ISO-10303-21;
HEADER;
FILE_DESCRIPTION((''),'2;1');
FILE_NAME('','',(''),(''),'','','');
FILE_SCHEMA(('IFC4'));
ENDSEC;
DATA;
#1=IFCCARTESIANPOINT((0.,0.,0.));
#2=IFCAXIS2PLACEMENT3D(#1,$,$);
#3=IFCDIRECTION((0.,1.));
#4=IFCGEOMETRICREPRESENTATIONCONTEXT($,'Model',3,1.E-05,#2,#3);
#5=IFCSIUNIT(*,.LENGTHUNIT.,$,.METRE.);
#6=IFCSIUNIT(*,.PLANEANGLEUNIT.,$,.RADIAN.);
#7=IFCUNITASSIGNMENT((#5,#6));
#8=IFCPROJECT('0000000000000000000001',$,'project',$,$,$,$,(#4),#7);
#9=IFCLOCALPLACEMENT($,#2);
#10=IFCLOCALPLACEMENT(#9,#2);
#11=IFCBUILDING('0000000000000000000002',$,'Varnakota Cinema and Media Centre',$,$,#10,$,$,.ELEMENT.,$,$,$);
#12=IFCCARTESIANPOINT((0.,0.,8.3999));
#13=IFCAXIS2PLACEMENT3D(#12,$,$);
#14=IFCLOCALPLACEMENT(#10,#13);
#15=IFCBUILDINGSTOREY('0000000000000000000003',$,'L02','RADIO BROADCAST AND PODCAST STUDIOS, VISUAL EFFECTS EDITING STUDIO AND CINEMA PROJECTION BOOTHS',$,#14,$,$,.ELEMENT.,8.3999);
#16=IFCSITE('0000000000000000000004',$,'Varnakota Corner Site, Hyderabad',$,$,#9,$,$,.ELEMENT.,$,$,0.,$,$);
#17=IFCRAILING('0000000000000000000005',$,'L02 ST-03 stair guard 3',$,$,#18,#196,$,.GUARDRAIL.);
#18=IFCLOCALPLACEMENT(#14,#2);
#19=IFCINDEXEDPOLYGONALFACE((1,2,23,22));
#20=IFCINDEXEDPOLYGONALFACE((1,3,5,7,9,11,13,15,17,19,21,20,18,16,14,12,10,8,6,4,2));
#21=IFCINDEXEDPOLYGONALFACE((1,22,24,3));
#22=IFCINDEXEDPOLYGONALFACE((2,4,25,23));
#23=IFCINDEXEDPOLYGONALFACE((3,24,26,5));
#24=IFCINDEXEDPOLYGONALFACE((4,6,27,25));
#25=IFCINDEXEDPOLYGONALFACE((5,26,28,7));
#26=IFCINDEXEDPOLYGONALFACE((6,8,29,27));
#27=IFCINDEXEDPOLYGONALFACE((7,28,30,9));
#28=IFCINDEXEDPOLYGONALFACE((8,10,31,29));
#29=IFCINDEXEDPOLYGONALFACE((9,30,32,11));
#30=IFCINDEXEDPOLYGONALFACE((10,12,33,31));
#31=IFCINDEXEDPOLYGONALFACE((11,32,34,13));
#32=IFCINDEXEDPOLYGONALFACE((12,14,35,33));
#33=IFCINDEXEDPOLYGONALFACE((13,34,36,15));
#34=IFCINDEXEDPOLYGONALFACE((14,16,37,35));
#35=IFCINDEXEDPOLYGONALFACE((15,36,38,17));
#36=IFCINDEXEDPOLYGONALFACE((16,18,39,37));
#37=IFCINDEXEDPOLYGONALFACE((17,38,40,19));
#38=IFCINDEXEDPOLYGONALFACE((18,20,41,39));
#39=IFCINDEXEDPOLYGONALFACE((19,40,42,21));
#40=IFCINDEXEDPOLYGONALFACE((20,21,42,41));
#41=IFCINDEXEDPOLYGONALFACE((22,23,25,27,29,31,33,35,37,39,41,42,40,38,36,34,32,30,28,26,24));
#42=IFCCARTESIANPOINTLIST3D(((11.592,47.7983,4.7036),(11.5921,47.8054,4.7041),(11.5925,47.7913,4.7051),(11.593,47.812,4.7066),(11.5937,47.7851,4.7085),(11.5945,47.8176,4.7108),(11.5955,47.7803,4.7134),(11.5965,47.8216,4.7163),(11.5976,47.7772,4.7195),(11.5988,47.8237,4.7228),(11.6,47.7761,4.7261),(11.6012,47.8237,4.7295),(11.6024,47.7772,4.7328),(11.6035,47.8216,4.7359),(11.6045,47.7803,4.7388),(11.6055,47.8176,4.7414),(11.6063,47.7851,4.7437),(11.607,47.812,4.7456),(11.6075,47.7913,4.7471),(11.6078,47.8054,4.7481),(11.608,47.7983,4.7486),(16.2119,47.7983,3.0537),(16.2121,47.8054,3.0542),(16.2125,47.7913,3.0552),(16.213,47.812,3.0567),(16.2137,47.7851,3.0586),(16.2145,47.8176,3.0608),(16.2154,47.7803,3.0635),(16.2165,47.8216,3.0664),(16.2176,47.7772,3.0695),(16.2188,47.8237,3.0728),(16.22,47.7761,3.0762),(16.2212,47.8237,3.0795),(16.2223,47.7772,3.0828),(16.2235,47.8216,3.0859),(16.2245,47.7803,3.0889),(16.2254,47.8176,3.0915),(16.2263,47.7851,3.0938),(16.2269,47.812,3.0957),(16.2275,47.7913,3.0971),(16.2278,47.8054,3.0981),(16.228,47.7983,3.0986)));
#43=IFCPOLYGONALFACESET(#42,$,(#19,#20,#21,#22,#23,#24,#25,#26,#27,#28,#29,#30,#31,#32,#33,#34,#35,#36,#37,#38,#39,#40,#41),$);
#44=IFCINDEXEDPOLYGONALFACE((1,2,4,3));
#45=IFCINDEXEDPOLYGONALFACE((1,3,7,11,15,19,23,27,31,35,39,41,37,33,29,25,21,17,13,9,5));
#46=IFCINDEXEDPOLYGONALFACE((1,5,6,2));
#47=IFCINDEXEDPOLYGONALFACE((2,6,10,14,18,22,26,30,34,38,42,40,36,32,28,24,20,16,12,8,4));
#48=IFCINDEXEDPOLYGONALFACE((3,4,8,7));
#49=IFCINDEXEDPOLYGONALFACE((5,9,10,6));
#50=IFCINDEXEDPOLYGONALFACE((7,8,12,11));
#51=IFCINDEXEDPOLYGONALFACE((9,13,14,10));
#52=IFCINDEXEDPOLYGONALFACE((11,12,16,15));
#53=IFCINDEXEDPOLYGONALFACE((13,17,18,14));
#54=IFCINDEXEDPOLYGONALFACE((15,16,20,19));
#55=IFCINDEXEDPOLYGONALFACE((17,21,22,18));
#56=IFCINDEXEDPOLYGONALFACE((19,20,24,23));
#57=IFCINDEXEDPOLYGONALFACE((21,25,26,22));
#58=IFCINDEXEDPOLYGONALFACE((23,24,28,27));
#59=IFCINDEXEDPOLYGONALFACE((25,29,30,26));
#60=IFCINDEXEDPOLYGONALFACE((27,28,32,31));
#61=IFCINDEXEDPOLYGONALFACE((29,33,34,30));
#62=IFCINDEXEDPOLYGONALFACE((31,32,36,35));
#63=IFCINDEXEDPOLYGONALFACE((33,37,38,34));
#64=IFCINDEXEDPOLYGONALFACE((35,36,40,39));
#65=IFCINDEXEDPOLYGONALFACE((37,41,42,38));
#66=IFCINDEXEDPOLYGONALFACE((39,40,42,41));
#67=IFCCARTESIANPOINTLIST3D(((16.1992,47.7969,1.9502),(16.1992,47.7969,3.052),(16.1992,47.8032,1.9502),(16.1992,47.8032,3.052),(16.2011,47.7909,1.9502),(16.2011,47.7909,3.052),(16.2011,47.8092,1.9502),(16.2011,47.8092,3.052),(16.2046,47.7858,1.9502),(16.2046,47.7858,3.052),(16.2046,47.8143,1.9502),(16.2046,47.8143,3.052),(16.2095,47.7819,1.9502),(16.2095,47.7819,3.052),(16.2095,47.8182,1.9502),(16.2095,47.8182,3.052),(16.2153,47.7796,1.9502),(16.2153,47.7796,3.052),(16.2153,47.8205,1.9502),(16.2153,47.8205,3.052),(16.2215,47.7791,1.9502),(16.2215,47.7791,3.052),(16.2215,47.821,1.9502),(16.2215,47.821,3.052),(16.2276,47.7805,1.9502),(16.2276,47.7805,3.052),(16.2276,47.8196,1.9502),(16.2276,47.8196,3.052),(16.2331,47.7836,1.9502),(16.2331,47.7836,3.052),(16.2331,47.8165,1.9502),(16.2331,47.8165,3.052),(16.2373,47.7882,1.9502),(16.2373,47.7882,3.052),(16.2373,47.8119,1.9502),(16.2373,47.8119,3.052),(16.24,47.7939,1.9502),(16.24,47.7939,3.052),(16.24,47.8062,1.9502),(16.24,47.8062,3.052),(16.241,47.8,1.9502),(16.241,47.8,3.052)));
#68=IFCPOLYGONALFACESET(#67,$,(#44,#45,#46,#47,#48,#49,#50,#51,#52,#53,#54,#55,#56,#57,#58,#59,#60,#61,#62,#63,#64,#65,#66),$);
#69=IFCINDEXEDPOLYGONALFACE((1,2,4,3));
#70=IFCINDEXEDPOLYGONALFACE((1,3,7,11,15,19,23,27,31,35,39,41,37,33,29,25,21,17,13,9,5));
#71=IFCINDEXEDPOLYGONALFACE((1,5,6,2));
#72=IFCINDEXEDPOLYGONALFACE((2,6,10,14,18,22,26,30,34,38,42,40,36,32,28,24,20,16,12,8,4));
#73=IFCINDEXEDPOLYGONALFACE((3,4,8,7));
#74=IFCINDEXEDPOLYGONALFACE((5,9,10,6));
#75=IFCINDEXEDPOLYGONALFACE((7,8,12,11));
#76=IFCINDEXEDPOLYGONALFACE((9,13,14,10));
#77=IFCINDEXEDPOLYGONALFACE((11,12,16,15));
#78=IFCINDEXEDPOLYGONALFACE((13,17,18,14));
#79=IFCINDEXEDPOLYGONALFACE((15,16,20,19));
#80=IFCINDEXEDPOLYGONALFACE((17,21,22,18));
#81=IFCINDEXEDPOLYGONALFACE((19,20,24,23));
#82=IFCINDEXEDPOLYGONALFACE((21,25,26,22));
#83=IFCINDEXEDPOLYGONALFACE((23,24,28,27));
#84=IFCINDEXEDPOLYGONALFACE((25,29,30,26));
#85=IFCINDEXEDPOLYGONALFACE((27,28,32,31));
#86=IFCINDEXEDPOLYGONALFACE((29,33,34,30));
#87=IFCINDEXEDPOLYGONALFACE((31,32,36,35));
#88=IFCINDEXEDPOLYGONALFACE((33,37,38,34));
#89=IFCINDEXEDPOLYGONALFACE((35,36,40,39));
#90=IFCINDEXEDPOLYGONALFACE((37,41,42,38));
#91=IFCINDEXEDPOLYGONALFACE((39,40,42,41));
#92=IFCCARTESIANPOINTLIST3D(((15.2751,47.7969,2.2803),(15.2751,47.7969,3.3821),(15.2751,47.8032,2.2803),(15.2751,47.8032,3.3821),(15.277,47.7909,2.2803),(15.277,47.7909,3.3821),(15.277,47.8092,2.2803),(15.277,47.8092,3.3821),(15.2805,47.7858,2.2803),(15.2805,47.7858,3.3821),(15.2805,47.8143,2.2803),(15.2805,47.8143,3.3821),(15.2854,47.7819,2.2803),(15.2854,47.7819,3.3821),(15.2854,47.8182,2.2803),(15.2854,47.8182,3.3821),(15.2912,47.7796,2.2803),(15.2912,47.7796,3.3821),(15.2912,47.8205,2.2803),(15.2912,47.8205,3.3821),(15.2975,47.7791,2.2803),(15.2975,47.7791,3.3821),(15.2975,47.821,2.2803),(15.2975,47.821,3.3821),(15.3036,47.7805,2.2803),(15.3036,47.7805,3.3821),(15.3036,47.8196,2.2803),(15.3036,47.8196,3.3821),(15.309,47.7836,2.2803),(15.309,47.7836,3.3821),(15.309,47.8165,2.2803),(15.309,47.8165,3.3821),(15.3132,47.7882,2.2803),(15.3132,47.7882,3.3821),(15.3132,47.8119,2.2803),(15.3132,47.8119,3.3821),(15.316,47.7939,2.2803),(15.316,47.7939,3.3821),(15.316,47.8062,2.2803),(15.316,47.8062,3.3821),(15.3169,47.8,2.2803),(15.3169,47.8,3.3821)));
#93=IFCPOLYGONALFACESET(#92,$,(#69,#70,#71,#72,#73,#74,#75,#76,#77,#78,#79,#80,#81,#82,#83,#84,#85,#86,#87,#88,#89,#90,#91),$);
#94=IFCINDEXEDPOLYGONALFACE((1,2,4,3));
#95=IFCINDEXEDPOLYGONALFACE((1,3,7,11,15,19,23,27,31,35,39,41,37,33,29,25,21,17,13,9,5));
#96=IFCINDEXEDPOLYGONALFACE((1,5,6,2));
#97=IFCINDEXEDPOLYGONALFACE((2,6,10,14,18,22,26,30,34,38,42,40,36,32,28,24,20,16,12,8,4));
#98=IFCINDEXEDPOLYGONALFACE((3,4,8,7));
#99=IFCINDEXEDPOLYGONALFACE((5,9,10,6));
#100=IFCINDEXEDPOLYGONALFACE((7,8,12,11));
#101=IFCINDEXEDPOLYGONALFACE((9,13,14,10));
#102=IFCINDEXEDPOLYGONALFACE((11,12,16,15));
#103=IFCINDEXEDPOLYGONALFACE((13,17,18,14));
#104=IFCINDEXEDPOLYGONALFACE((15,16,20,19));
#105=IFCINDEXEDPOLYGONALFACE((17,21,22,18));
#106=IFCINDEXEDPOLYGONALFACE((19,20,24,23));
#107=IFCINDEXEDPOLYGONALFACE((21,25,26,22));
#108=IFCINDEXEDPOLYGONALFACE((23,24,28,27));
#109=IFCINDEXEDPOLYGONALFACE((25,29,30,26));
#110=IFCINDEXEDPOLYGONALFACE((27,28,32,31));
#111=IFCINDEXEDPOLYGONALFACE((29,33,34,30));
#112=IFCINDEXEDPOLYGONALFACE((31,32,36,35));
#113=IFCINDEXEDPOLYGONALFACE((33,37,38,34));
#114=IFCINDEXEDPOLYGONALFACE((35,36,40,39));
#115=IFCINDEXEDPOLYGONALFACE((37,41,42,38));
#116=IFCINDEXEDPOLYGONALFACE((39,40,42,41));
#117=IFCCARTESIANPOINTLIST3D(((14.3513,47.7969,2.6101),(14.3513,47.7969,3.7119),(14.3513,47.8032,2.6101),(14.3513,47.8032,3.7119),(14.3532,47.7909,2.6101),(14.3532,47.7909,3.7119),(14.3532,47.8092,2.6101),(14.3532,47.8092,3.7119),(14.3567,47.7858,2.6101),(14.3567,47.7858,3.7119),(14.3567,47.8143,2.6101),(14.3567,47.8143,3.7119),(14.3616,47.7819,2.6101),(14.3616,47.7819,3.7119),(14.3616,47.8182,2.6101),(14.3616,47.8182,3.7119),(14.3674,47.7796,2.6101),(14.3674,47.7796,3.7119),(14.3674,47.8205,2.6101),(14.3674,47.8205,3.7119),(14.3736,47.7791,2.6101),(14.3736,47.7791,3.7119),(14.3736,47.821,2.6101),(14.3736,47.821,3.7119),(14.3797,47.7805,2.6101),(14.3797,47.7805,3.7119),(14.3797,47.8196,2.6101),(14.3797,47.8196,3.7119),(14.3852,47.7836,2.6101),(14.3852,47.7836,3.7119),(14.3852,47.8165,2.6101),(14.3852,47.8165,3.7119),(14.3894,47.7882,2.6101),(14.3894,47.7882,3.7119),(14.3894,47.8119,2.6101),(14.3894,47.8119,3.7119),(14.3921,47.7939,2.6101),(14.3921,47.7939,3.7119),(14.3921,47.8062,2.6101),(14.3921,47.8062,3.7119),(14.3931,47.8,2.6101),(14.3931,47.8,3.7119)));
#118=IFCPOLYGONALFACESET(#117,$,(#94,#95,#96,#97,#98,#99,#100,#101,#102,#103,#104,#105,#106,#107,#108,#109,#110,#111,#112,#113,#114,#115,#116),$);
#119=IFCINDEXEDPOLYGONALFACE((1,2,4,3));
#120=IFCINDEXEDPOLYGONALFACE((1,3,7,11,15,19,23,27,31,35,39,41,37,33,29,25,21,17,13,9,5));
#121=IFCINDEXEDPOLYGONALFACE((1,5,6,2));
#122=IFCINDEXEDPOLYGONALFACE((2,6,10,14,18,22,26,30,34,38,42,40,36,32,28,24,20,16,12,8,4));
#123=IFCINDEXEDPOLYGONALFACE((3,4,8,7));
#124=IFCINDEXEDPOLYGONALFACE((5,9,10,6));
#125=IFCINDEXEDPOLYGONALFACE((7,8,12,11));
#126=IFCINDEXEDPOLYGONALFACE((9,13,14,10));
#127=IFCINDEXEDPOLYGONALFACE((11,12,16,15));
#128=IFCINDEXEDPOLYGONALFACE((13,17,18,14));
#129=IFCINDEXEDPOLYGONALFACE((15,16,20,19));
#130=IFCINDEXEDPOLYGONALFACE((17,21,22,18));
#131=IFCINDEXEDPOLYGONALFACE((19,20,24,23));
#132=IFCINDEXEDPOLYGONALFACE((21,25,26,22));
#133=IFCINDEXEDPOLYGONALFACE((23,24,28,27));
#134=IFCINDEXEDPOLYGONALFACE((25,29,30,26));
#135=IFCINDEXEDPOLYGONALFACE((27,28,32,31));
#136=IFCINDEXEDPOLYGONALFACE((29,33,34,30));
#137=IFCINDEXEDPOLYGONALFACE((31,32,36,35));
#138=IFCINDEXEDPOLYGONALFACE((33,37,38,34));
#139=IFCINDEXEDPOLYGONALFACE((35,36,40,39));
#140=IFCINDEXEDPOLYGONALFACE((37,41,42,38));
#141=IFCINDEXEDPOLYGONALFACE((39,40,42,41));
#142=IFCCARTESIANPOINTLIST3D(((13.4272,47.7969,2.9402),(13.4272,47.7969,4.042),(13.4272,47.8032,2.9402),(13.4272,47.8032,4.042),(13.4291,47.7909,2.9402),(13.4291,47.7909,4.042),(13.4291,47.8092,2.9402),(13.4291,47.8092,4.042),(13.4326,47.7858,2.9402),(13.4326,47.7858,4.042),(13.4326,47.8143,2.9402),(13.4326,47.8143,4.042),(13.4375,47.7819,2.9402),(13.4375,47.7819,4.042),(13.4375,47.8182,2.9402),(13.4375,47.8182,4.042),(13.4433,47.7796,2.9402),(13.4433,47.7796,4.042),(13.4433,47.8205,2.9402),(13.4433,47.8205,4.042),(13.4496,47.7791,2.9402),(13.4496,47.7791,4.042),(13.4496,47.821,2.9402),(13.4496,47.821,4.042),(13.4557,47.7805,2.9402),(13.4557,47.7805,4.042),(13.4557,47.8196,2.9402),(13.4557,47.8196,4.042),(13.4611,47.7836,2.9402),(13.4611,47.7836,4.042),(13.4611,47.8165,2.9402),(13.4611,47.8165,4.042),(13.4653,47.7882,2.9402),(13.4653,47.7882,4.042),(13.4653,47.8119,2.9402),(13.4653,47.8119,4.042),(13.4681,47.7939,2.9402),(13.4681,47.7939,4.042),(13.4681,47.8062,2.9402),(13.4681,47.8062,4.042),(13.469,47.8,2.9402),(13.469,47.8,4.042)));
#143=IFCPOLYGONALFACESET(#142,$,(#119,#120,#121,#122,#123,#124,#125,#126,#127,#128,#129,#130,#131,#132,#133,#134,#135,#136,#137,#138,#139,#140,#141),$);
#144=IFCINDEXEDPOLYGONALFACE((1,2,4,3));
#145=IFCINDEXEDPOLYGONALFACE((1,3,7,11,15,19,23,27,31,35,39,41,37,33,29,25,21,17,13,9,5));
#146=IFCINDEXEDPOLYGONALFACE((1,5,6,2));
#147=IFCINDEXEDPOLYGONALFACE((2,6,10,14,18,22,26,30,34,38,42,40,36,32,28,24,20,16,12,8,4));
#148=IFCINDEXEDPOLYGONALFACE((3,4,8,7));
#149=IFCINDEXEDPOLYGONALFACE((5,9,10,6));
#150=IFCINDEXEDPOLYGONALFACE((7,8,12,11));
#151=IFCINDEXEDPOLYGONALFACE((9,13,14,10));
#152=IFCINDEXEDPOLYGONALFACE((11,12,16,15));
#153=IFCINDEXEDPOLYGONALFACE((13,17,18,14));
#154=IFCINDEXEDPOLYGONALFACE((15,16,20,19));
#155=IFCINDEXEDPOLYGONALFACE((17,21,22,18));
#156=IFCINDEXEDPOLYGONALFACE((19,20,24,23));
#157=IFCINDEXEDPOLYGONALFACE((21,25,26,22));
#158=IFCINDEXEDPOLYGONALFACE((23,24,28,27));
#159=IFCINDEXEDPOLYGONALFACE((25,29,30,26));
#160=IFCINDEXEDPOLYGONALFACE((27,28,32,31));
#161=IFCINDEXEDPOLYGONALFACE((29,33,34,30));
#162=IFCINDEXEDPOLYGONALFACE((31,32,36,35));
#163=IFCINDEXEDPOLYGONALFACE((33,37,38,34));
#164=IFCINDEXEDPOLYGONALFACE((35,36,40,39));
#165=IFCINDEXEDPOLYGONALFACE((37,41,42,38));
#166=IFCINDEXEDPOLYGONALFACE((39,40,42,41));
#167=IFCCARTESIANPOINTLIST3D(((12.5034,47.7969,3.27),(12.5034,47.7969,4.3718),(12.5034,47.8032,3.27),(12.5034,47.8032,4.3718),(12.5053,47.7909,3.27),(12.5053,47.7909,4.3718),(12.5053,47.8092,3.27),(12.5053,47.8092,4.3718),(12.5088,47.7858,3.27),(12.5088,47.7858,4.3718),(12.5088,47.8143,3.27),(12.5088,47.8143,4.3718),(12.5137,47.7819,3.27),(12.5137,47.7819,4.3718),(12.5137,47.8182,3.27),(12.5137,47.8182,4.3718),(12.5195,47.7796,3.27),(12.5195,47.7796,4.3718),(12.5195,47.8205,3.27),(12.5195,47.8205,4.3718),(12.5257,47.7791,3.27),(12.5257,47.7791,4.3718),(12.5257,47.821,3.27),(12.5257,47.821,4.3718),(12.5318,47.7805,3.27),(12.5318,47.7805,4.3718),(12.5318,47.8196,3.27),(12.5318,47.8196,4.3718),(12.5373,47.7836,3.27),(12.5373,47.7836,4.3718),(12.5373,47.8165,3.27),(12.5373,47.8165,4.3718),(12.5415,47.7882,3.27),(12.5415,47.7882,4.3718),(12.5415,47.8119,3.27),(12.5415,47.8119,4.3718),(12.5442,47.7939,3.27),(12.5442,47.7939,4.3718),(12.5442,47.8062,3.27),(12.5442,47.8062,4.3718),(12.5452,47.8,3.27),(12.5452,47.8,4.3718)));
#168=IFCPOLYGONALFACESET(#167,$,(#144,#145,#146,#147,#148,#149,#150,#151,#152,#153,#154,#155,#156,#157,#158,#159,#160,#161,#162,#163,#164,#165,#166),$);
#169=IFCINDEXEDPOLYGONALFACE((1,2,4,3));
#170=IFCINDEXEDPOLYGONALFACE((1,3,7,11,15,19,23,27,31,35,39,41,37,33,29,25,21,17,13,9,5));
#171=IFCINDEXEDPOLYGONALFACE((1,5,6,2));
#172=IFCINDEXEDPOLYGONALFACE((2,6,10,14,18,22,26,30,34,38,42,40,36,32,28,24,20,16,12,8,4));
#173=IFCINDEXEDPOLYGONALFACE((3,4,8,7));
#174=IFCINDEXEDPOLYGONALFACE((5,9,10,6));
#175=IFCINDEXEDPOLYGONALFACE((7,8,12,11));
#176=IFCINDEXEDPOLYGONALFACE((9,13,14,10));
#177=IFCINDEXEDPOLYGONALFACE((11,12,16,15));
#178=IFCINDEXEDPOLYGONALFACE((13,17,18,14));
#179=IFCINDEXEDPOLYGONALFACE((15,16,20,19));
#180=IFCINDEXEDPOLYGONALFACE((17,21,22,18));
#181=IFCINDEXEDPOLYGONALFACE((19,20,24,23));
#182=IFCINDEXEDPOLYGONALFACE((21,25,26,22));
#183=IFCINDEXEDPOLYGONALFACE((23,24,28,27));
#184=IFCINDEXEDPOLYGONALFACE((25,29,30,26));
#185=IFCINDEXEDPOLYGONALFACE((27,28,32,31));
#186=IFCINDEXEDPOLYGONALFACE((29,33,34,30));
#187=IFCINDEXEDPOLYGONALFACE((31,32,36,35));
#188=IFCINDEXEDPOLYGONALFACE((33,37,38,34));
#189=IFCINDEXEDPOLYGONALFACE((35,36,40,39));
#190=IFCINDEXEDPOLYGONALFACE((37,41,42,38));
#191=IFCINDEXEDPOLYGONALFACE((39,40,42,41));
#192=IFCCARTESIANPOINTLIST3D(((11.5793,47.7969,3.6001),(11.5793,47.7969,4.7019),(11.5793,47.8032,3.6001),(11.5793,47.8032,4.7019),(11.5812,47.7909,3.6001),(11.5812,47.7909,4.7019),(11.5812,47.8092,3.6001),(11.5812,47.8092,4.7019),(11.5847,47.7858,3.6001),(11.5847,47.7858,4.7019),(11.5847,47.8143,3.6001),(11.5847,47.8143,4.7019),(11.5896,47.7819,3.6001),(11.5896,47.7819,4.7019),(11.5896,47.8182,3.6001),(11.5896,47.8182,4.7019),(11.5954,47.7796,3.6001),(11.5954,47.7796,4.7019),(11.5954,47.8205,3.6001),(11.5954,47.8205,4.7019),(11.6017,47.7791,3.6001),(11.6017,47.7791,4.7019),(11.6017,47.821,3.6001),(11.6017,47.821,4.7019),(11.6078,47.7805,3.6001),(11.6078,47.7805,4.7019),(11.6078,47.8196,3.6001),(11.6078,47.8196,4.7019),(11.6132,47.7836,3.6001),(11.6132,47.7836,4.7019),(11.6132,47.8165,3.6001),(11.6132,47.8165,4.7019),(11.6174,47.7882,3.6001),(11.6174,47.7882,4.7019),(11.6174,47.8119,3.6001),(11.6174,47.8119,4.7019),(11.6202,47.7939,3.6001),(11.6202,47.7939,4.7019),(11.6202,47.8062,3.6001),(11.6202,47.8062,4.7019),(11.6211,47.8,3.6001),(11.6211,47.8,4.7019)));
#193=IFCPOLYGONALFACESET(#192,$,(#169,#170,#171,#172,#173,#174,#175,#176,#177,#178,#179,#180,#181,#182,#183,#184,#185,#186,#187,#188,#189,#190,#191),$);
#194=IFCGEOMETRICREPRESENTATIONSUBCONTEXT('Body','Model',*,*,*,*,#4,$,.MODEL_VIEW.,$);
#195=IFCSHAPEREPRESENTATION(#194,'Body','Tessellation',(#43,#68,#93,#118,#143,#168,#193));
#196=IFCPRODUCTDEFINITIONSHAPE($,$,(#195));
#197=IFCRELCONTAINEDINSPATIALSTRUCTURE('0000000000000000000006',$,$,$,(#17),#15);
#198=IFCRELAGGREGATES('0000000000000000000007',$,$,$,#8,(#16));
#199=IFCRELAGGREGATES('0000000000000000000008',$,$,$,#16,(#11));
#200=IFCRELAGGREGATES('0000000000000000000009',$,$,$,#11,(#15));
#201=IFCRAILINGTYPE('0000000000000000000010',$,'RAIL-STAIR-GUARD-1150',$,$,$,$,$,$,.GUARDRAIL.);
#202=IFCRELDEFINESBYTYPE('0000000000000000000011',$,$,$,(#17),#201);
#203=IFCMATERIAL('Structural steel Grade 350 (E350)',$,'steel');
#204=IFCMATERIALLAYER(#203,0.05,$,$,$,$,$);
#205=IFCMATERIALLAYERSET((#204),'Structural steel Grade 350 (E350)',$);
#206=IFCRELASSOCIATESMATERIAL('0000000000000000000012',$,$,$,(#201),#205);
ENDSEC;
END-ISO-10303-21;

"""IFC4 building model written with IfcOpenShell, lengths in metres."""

from ifc_helpers import new_model, si_unit, direction, frame, origin, origin_2d, place, context, subcontext, project, spatial, circle, extrude, material, layer, layer_set, type_object, element, save


model = new_model("IFC4")

# Units and contexts
model_context = context("Model", 3, precision=1e-05, world=origin(), true_north=direction((0.0, 1.0)))
body_context = subcontext(model_context, "Body", "Model", "MODEL_VIEW")
ifc_project = project(units=[si_unit("LENGTHUNIT", "METRE"), si_unit("PLANEANGLEUNIT", "RADIAN")], contexts=[model_context])

# Site, building, storey
site_placement = place(None, origin())
site = spatial("IfcSite", under=ifc_project, at=site_placement, Name="Varnakota Corner Site, Hyderabad", CompositionType="ELEMENT", RefElevation=0.0)
building_placement = place(site_placement, origin())
building = spatial("IfcBuilding", under=site, at=building_placement, Name="Varnakota Cinema and Media Centre", CompositionType="ELEMENT")
storey_placement = place(building_placement, frame((0.0, 0.0, 8.3999)))
storey = spatial("IfcBuildingStorey", under=building, at=storey_placement, Name="L02", Description="RADIO BROADCAST AND PODCAST STUDIOS, VISUAL EFFECTS EDITING STUDIO AND CINEMA PROJECTION BOOTHS", CompositionType="ELEMENT", Elevation=8.3999)

# Railing
ifc_material_1 = material(Name="Structural steel Grade 350 (E350)", Category="steel")
ifc_layer_1 = layer(ifc_material_1, 0.05)
ifc_layer_set_1 = layer_set([ifc_layer_1], Name="Structural steel Grade 350 (E350)")
railing_type_1 = type_object("IfcRailingType", Name="RAIL-STAIR-GUARD-1150", PredefinedType="GUARDRAIL", material=ifc_layer_set_1)
railing_1_placement = place(storey_placement, frame((16.22, 47.8, 1.9502)))
element("IfcRailing", 1, at=railing_1_placement, inside=storey, type_object=railing_type_1, Name="L02 ST-03 stair guard 3", PredefinedType="GUARDRAIL", context=body_context, shape_type="SweptSolid", body=[
    extrude(circle(Radius=0.0239, at=origin_2d()), frame((0.0, 0.0, 1.126), z_axis=(-0.941745, 0.0, 0.336327), x_axis=(0.0, -1.0, 0.0)), (0.0, 0.0, 1.0), 4.9058),
    extrude(circle(Radius=0.021, at=origin_2d()), origin(), (0.0, 0.0, 1.0), 1.1018),
    extrude(circle(Radius=0.021, at=origin_2d()), frame((-0.9241, 0.0, 0.3301)), (0.0, 0.0, 1.0), 1.1018),
    extrude(circle(Radius=0.021, at=origin_2d()), frame((-1.8479, 0.0, 0.6599)), (0.0, 0.0, 1.0), 1.1018),
    extrude(circle(Radius=0.021, at=origin_2d()), frame((-2.772, 0.0, 0.99)), (0.0, 0.0, 1.0), 1.1018),
    extrude(circle(Radius=0.021, at=origin_2d()), frame((-3.6958, 0.0, 1.3198)), (0.0, 0.0, 1.0), 1.1018),
    extrude(circle(Radius=0.021, at=origin_2d()), frame((-4.6199, 0.0, 1.6499)), (0.0, 0.0, 1.0), 1.1018),
])

save(model, "model.ifc")
